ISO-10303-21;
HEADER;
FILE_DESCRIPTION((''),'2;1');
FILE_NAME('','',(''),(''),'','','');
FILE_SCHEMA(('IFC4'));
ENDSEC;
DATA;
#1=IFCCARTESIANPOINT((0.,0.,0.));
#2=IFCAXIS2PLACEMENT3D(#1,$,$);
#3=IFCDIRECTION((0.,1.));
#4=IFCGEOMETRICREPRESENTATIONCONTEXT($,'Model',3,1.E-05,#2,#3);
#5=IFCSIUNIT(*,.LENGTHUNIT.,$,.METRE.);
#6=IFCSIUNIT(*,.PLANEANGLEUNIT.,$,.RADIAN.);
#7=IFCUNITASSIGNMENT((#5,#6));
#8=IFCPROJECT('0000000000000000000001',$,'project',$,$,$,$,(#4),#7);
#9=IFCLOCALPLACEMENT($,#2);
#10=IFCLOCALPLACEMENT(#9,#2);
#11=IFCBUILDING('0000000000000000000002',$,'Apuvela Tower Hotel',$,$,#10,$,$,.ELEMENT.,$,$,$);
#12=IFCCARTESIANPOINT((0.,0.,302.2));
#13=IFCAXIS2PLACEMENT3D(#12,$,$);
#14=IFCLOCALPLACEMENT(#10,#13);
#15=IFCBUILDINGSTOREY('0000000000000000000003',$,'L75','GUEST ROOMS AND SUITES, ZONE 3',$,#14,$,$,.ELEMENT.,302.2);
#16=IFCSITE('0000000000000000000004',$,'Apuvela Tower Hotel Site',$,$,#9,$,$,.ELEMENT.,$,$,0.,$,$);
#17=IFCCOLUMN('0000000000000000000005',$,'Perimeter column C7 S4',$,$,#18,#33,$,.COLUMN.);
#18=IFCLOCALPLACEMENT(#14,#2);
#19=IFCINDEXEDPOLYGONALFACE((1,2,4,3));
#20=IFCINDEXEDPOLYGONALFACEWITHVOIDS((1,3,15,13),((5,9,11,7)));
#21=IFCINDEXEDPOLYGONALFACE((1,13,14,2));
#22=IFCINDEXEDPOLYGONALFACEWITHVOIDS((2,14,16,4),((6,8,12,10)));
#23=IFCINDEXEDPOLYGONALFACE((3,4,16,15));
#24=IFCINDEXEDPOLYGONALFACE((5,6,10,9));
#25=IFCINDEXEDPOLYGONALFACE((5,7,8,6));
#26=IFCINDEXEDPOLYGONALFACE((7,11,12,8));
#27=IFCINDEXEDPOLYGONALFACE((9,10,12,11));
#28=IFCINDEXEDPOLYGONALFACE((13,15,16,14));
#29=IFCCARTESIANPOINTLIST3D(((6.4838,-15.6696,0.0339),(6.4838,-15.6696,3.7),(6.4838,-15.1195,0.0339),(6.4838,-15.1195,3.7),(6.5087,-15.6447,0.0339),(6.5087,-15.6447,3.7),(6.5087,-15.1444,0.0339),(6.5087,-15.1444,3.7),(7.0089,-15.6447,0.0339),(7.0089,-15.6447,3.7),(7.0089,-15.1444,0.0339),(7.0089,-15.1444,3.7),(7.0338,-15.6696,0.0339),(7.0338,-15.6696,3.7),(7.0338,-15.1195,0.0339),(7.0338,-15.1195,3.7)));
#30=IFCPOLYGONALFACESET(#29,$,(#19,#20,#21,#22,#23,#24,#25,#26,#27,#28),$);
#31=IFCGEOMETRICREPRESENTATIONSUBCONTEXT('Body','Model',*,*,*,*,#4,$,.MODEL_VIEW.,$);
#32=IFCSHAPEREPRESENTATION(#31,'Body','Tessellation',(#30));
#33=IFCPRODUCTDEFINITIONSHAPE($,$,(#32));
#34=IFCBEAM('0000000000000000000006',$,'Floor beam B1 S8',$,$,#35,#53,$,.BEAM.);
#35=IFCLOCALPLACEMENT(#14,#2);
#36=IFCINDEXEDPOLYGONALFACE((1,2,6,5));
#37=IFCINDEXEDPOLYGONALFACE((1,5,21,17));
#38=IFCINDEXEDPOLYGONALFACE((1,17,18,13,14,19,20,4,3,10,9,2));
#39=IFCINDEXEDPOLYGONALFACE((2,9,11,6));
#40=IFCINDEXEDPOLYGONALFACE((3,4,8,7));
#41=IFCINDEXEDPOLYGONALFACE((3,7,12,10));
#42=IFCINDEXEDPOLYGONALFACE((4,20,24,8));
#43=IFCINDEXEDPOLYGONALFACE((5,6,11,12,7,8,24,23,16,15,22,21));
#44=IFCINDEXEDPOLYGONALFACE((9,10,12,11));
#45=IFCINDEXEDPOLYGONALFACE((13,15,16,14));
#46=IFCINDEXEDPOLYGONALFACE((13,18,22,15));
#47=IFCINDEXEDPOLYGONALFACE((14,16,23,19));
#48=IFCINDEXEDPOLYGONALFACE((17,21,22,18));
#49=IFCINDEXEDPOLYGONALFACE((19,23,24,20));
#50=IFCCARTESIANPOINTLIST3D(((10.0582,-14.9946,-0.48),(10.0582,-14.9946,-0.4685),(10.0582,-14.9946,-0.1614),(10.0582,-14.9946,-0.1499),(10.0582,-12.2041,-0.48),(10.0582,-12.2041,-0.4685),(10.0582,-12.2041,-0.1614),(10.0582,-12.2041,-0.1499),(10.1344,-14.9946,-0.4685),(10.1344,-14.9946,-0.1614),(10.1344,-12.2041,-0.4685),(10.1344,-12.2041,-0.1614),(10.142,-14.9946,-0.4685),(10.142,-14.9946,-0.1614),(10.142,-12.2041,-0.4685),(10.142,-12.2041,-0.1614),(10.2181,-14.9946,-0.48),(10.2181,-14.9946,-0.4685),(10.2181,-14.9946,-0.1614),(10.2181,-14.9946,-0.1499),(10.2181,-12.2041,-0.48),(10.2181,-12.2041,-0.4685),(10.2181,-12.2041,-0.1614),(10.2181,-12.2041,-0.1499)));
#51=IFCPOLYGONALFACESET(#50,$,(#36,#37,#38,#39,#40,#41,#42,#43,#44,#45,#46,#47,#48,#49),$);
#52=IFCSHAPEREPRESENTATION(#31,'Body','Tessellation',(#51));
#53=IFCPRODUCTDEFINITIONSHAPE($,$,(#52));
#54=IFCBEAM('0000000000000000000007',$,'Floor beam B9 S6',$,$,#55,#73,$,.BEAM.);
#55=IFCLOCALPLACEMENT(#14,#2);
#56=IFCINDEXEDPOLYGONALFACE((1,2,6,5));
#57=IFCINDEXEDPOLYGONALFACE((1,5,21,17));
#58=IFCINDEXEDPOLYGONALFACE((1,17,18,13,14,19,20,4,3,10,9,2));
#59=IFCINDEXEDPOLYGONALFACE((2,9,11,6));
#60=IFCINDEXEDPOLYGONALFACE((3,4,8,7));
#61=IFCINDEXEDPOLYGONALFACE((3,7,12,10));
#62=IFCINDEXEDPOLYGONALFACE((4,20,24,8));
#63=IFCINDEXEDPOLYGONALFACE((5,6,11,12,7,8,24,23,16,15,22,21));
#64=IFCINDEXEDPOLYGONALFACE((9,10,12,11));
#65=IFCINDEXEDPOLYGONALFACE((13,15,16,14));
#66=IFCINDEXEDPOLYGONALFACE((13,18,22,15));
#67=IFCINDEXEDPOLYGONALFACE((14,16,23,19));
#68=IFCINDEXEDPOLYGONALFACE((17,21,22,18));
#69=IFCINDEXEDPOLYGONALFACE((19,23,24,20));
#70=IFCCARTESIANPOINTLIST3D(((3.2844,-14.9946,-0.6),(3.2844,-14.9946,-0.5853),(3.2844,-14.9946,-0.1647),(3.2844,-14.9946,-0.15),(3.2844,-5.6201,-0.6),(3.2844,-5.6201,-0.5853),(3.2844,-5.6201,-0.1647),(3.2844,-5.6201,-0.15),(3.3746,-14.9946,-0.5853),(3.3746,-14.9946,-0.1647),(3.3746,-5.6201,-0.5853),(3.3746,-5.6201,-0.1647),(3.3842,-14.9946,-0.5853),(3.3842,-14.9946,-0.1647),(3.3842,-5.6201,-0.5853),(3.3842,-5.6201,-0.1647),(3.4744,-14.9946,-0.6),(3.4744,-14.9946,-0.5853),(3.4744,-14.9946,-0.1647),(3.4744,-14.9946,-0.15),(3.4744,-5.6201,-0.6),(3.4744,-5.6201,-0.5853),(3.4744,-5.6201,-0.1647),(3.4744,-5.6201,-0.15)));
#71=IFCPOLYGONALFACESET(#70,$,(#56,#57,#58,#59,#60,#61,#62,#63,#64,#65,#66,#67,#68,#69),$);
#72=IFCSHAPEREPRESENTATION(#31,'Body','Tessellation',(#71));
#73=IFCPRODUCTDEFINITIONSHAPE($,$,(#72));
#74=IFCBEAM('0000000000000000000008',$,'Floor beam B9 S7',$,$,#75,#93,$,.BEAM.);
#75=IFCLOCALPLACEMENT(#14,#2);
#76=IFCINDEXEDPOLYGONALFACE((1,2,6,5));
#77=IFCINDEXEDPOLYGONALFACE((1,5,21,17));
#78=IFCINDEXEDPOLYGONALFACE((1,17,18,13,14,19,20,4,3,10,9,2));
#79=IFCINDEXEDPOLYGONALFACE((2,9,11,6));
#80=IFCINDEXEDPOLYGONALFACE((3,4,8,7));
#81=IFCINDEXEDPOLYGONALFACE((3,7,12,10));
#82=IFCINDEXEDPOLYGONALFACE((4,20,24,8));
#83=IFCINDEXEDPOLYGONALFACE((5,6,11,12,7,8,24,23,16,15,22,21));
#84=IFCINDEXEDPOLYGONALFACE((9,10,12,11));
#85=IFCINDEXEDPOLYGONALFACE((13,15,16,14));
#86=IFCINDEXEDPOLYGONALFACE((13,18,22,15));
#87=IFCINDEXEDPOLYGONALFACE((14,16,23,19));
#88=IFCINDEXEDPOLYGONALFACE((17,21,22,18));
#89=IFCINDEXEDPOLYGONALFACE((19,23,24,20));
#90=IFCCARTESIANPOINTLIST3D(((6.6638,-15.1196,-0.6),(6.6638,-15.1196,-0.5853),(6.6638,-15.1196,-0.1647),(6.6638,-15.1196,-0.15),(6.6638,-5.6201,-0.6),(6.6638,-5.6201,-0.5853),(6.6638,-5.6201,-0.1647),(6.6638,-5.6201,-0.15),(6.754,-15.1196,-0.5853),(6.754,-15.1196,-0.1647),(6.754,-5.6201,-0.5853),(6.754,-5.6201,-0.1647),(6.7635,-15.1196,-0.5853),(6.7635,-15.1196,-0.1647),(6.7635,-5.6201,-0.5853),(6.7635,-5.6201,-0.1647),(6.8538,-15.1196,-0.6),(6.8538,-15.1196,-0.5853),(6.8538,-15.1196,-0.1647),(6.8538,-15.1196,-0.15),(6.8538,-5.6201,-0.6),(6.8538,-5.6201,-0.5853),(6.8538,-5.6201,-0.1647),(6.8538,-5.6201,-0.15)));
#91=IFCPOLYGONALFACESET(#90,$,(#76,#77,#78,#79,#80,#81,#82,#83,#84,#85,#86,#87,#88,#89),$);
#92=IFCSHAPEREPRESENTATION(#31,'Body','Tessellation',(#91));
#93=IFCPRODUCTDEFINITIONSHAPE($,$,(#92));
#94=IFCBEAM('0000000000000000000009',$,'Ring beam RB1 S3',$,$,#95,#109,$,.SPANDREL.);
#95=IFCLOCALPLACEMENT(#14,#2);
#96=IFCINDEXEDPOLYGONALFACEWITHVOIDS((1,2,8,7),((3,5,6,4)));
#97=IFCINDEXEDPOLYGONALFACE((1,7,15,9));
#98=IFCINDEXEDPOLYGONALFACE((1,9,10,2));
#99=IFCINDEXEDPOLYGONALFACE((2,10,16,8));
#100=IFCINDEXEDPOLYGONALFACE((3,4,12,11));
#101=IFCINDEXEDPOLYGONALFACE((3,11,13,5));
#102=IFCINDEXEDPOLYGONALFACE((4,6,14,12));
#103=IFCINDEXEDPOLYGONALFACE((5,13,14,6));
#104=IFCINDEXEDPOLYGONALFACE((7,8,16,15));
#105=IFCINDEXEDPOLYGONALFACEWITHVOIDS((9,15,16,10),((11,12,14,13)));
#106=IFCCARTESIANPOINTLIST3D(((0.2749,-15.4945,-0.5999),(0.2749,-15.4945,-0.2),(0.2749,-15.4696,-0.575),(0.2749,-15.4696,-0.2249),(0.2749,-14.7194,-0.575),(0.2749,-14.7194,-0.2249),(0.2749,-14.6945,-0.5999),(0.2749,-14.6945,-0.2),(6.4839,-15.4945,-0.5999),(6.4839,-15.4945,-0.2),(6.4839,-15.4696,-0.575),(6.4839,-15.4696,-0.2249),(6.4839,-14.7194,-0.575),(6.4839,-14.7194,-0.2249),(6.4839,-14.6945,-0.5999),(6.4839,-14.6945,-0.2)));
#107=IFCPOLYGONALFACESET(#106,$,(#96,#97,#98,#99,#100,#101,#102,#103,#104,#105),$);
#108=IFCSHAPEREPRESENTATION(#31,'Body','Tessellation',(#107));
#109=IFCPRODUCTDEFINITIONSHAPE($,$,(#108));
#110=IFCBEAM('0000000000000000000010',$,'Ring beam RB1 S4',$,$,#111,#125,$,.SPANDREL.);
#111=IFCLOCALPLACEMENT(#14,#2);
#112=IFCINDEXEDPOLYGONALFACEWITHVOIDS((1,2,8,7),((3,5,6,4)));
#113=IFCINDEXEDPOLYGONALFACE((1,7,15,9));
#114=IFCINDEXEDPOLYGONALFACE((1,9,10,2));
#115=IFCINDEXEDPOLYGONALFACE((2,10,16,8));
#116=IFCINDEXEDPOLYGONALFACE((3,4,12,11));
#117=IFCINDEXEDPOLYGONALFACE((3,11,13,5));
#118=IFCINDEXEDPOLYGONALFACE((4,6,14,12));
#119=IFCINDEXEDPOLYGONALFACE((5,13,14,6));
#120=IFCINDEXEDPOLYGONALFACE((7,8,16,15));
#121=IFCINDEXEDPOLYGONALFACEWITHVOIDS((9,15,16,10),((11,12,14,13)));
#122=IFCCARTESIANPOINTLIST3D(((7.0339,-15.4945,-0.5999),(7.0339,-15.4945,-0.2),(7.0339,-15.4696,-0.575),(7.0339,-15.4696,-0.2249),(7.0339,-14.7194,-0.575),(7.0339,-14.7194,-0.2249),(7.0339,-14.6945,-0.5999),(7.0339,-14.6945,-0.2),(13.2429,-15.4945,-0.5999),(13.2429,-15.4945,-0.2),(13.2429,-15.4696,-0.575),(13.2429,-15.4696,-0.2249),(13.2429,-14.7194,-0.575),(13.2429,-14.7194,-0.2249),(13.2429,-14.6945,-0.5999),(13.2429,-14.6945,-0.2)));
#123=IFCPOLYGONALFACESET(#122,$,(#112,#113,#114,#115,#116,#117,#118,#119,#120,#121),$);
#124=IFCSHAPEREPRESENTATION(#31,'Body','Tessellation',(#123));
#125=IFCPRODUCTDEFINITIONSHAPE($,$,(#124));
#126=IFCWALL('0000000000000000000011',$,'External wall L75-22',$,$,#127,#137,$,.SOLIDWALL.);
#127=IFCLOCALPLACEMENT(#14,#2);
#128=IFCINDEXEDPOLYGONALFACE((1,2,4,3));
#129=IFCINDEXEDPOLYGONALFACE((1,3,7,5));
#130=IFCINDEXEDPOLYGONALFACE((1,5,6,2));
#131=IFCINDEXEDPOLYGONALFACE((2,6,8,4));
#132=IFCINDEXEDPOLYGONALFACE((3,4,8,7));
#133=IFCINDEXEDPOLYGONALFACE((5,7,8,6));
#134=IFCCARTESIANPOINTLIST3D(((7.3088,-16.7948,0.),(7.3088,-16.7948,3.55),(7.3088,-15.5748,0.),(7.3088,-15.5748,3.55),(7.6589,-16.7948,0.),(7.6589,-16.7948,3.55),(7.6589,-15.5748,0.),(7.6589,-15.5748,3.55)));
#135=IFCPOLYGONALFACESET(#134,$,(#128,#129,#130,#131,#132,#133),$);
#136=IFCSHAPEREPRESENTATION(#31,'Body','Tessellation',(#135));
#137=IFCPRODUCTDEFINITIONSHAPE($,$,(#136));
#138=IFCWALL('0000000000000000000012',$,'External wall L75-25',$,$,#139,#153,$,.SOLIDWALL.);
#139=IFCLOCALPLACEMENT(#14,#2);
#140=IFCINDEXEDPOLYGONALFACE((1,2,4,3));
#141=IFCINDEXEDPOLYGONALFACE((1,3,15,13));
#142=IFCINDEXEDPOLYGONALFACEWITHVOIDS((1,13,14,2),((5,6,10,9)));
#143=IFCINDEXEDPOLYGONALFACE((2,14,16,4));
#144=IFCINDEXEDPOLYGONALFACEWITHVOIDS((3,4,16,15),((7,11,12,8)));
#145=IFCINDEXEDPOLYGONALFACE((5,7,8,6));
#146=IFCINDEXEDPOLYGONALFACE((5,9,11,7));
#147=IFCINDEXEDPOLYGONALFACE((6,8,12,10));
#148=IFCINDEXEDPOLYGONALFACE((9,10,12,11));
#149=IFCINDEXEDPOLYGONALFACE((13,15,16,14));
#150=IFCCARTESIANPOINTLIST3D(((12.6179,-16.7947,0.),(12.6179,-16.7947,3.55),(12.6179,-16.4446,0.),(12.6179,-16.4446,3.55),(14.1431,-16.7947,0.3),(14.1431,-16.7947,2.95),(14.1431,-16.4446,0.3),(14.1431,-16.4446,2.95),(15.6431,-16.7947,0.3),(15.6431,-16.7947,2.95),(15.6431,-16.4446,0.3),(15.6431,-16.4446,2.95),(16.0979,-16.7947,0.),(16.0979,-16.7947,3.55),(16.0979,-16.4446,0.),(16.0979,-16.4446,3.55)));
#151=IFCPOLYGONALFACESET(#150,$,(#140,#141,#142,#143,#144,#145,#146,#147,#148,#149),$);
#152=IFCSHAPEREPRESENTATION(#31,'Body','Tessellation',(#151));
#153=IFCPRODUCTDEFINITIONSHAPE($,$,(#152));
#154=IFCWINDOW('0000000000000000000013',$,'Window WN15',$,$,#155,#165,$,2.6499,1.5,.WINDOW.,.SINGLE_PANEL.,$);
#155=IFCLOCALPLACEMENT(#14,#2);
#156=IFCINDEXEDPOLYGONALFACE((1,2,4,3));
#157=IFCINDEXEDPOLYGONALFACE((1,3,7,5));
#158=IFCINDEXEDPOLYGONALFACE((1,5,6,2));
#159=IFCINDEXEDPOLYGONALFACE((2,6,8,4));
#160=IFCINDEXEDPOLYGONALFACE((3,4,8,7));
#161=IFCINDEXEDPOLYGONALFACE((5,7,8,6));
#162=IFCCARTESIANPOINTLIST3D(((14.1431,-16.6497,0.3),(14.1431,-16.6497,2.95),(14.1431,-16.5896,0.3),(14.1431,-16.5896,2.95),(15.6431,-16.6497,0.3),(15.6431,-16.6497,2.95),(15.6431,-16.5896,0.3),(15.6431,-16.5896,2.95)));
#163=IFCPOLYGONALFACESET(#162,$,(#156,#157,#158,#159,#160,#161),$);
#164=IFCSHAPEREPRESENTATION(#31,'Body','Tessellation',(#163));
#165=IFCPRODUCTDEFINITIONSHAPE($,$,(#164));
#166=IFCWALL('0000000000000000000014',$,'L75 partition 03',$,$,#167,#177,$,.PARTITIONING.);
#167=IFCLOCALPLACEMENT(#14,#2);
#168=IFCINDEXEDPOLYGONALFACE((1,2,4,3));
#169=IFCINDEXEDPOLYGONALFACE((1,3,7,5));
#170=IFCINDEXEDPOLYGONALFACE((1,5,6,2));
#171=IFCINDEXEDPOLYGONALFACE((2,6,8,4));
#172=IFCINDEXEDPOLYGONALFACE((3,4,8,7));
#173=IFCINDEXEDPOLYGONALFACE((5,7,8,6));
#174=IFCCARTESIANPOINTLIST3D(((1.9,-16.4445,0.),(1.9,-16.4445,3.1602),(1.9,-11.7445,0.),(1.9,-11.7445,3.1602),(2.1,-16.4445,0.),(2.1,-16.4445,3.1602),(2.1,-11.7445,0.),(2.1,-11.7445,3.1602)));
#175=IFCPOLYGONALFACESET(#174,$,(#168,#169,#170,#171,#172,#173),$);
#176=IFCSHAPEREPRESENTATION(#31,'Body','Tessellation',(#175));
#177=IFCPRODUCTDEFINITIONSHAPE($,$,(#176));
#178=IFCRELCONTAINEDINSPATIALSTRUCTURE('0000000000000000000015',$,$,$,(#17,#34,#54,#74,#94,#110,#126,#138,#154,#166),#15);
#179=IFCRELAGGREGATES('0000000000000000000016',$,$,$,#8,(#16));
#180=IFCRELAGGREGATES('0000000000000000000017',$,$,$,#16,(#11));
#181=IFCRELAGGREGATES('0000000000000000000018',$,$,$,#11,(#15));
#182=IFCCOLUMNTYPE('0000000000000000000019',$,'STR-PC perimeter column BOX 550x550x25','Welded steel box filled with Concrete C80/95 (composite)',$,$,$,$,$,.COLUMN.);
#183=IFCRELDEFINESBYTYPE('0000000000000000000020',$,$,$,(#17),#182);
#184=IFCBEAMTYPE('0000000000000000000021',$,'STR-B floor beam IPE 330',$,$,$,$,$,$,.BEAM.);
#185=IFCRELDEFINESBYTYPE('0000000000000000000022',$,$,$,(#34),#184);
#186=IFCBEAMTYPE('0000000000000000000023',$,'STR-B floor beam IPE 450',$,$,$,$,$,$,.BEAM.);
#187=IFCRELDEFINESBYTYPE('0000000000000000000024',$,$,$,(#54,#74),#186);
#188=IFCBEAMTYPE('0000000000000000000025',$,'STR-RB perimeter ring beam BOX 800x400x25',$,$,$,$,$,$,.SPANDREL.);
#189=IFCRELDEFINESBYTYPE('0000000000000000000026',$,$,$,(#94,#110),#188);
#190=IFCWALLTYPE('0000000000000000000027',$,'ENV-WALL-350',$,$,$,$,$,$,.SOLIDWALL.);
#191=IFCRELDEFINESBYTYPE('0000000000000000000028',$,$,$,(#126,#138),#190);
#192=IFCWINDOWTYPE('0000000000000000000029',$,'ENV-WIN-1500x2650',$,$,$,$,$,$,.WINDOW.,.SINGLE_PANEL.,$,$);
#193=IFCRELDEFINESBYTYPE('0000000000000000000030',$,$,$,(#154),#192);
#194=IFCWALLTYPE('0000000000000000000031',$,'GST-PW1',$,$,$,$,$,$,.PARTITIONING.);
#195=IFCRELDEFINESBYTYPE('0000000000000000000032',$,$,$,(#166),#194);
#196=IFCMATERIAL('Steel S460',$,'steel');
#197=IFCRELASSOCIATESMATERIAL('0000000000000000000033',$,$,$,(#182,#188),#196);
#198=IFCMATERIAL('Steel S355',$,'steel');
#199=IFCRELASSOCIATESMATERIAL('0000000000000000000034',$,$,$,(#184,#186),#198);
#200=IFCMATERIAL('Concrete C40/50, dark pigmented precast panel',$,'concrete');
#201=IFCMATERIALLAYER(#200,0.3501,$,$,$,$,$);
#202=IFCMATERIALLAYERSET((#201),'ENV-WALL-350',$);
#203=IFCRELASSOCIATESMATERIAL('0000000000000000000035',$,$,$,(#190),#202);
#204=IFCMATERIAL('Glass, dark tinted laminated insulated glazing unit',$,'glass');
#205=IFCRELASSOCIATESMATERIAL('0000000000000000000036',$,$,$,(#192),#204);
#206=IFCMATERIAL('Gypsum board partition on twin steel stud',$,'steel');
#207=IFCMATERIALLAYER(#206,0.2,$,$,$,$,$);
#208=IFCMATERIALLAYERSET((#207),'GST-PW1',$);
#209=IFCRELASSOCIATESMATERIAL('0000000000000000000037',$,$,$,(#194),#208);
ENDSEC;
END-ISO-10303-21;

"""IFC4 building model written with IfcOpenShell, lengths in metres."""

from ifc_helpers import new_model, si_unit, direction, frame, frame_2d, origin, origin_2d, place, context, subcontext, project, spatial, rectangle, hollow_rectangle, i_section, extrude, boolean, halfspace, material, layer, layer_set, material_profile, profile_set, type_object, element, fill, save


model = new_model("IFC4")

# Units and contexts
model_context = context("Model", 3, precision=1e-05, world=origin(), true_north=direction((0.0, 1.0)))
body_context = subcontext(model_context, "Body", "Model", "MODEL_VIEW")
ifc_project = project(units=[si_unit("LENGTHUNIT", "METRE"), si_unit("PLANEANGLEUNIT", "RADIAN")], contexts=[model_context])

# Site, building, storey
site_placement = place(None, origin())
site = spatial("IfcSite", under=ifc_project, at=site_placement, Name="Apuvela Tower Hotel Site", CompositionType="ELEMENT", RefElevation=0.0)
building_placement = place(site_placement, origin())
building = spatial("IfcBuilding", under=site, at=building_placement, Name="Apuvela Tower Hotel", CompositionType="ELEMENT")
storey_placement = place(building_placement, frame((0.0, 0.0, 302.2)))
storey = spatial("IfcBuildingStorey", under=building, at=storey_placement, Name="L75", Description="GUEST ROOMS AND SUITES, ZONE 3", CompositionType="ELEMENT", Elevation=302.2)

# Column
ifc_material_1 = material(Name="Steel S460", Category="steel")
ifc_material_profile_1 = material_profile(ifc_material_1, hollow_rectangle(XDim=0.55, YDim=0.55, WallThickness=0.0249, at=origin_2d()), Name="BOX 550x550x25")
ifc_material_2 = material(Name="Concrete C80/95", Category="concrete")
ifc_material_profile_2 = material_profile(ifc_material_2, rectangle(XDim=0.5, YDim=0.5, at=origin_2d()), Name="Concrete C80/95 infill")
ifc_profile_set_1 = profile_set([ifc_material_profile_1, ifc_material_profile_2], Name="Steel S460")
column_type = type_object("IfcColumnType", Name="STR-PC perimeter column BOX 550x550x25", Description="Welded steel box filled with Concrete C80/95 (composite)", PredefinedType="COLUMN", material=ifc_profile_set_1)
column_placement = place(storey_placement, frame((6.7588, -15.3945, 0.0), z_axis=(0.0, 0.0, 1.0), x_axis=(-1.0, 0.0, 0.0)))
element("IfcColumn", 1, at=column_placement, inside=storey, type_object=column_type, Name="Perimeter column C7 S4", PredefinedType="COLUMN", context=body_context, shape_type="SweptSolid", body=[
    boolean("DIFFERENCE", extrude(hollow_rectangle(XDim=0.55, YDim=0.55, WallThickness=0.0249, at=origin_2d()), origin(), (0.0, 0.0, 1.0), 3.7), halfspace(frame((0.0, 0.0, 0.0339), z_axis=(0.0, 0.0, 1.0), x_axis=(1.0, 0.0, 0.0)), True)),
])

# Beams
ifc_material_3 = material(Name="Steel S355", Category="steel")
ifc_material_profile_3 = material_profile(ifc_material_3, i_section(OverallWidth=0.1599, OverallDepth=0.3301, WebThickness=0.0076, FlangeThickness=0.0115, at=origin_2d()), Name="IPE 330")
ifc_profile_set_2 = profile_set([ifc_material_profile_3], Name="Steel S355")
beam_type_1 = type_object("IfcBeamType", Name="STR-B floor beam IPE 330", PredefinedType="BEAM", material=ifc_profile_set_2)
beam_1_placement = place(storey_placement, frame((10.1382, -14.9946, -0.3149), z_axis=(0.0, 1.0, 0.0), x_axis=(-1.0, 0.0, 0.0)))
element("IfcBeam", 2, at=beam_1_placement, inside=storey, type_object=beam_type_1, Name="Floor beam B1 S8", PredefinedType="BEAM", context=body_context, shape_type="SweptSolid", body=[
    extrude(i_section(OverallWidth=0.1599, OverallDepth=0.3301, WebThickness=0.0076, FlangeThickness=0.0115, at=origin_2d()), origin(), (0.0, 0.0, 1.0), 2.7905),
])
ifc_material_profile_4 = material_profile(ifc_material_3, i_section(OverallWidth=0.1899, OverallDepth=0.45, WebThickness=0.0095, FlangeThickness=0.0146, at=origin_2d()), Name="IPE 450")
ifc_profile_set_3 = profile_set([ifc_material_profile_4], Name="Steel S355")
beam_type_2 = type_object("IfcBeamType", Name="STR-B floor beam IPE 450", PredefinedType="BEAM", material=ifc_profile_set_3)
beam_2_placement = place(storey_placement, frame((3.3794, -14.9946, -0.375), z_axis=(0.0, 1.0, 0.0), x_axis=(-1.0, 0.0, 0.0)))
element("IfcBeam", 3, at=beam_2_placement, inside=storey, type_object=beam_type_2, Name="Floor beam B9 S6", PredefinedType="BEAM", context=body_context, shape_type="SweptSolid", body=[
    extrude(i_section(OverallWidth=0.1899, OverallDepth=0.45, WebThickness=0.0095, FlangeThickness=0.0146, at=origin_2d()), origin(), (0.0, 0.0, 1.0), 9.3745),
])
beam_3_placement = place(storey_placement, frame((6.7588, -15.1196, -0.375), z_axis=(0.0, 1.0, 0.0), x_axis=(-1.0, 0.0, 0.0)))
element("IfcBeam", 4, at=beam_3_placement, inside=storey, type_object=beam_type_2, Name="Floor beam B9 S7", PredefinedType="BEAM", context=body_context, shape_type="SweptSolid", body=[
    extrude(i_section(OverallWidth=0.1899, OverallDepth=0.45, WebThickness=0.0095, FlangeThickness=0.0146, at=origin_2d()), origin(), (0.0, 0.0, 1.0), 9.4995),
])
ifc_material_profile_5 = material_profile(ifc_material_1, hollow_rectangle(XDim=0.8, YDim=0.3999, WallThickness=0.0249, at=origin_2d()), Name="BOX 800x400x25")
ifc_profile_set_4 = profile_set([ifc_material_profile_5], Name="Steel S460")
beam_type_3 = type_object("IfcBeamType", Name="STR-RB perimeter ring beam BOX 800x400x25", PredefinedType="SPANDREL", material=ifc_profile_set_4)
for number, where, z_axis, x_axis, name in (
    (5, (0.2749, -15.0945, -0.3999), (1.0, 0.0, 0.0), (0.0, 1.0, 0.0), "Ring beam RB1 S3"),
    (6, (7.0339, -15.0945, -0.3999), (1.0, 0.0, 0.0), (0.0, 1.0, 0.0), "Ring beam RB1 S4"),
):
    element("IfcBeam", number, at=place(storey_placement, frame(where, z_axis=z_axis, x_axis=x_axis)), inside=storey, type_object=beam_type_3, Name=name, PredefinedType="SPANDREL", context=body_context, shape_type="SweptSolid", body=[
        extrude(hollow_rectangle(XDim=0.8, YDim=0.3999, WallThickness=0.0249, at=origin_2d()), origin(), (0.0, 0.0, 1.0), 6.209),
    ])

# Wall
ifc_material_4 = material(Name="Concrete C40/50, dark pigmented precast panel", Category="concrete")
ifc_layer_1 = layer(ifc_material_4, 0.3501)
ifc_layer_set_1 = layer_set([ifc_layer_1], Name="ENV-WALL-350")
wall_type_1 = type_object("IfcWallType", Name="ENV-WALL-350", PredefinedType="SOLIDWALL", material=ifc_layer_set_1)
wall_1_placement = place(storey_placement, frame((7.4839, -16.7947, 0.0), z_axis=(0.0, 0.0, 1.0), x_axis=(0.0, 1.0, 0.0)))
element("IfcWall", 7, at=wall_1_placement, inside=storey, type_object=wall_type_1, Name="External wall L75-22", PredefinedType="SOLIDWALL", context=body_context, shape_type="SweptSolid", body=[
    extrude(rectangle(XDim=1.22, YDim=0.3501, at=frame_2d((0.6099, 0.0))), origin(), (0.0, 0.0, 1.0), 3.55),
])

# Shared definitions
ifc_material_5 = material(Name="Glass, dark tinted laminated insulated glazing unit", Category="glass")

# Wall, opening, window
wall_2_placement = place(storey_placement, frame((12.6179, -16.6196, 0.0), z_axis=(0.0, 0.0, 1.0), x_axis=(1.0, 0.0, 0.0)))
wall_2 = element("IfcWall", 8, at=wall_2_placement, inside=storey, type_object=wall_type_1, Name="External wall L75-25", PredefinedType="SOLIDWALL", context=body_context, shape_type="SweptSolid", body=[
    extrude(rectangle(XDim=3.48, YDim=0.3501, at=frame_2d((1.74, 0.0))), origin(), (0.0, 0.0, 1.0), 3.55),
])
opening_1_placement = place(wall_2_placement, frame((1.5251, 0.0, 0.3)))
opening_1 = element("IfcOpeningElement", 9, at=opening_1_placement, cuts=wall_2, PredefinedType="OPENING", context=body_context, shape_type="SweptSolid", body=[
    extrude(rectangle(XDim=1.5, YDim=2.6499, at=frame_2d((0.75, 1.325))), frame((0.0, 0.1851, 0.0), z_axis=(0.0, -1.0, 0.0), x_axis=(1.0, 0.0, 0.0)), (0.0, 0.0, 1.0), 0.3701),
])
window_type_1 = type_object("IfcWindowType", Name="ENV-WIN-1500x2650", PartitioningType="SINGLE_PANEL", PredefinedType="WINDOW", material=ifc_material_5)
window_1_placement = place(opening_1_placement, origin())
window_1 = element("IfcWindow", 10, at=window_1_placement, inside=storey, type_object=window_type_1, Name="Window WN15", OverallHeight=2.6499, OverallWidth=1.5, PartitioningType="SINGLE_PANEL", PredefinedType="WINDOW", context=body_context, shape_type="SweptSolid", body=[
    extrude(rectangle(XDim=1.5, YDim=2.6499, at=frame_2d((0.75, 1.325))), frame((0.0, 0.03, 0.0), z_axis=(0.0, -1.0, 0.0), x_axis=(1.0, 0.0, 0.0)), (0.0, 0.0, 1.0), 0.0601),
])
fill(opening_1, window_1)

# Wall
ifc_material_6 = material(Name="Gypsum board partition on twin steel stud", Category="steel")
ifc_layer_2 = layer(ifc_material_6, 0.2)
ifc_layer_set_2 = layer_set([ifc_layer_2], Name="GST-PW1")
wall_type_2 = type_object("IfcWallType", Name="GST-PW1", PredefinedType="PARTITIONING", material=ifc_layer_set_2)
wall_3_placement = place(storey_placement, frame((2.0, -16.4446, 0.0), z_axis=(0.0, 0.0, 1.0), x_axis=(0.0, 1.0, 0.0)))
element("IfcWall", 11, at=wall_3_placement, inside=storey, type_object=wall_type_2, Name="L75 partition 03", PredefinedType="PARTITIONING", context=body_context, shape_type="SweptSolid", body=[
    extrude(rectangle(XDim=4.7, YDim=0.2, at=frame_2d((2.3501, 0.0))), origin(), (0.0, 0.0, 1.0), 3.1602),
])

save(model, "model.ifc")
